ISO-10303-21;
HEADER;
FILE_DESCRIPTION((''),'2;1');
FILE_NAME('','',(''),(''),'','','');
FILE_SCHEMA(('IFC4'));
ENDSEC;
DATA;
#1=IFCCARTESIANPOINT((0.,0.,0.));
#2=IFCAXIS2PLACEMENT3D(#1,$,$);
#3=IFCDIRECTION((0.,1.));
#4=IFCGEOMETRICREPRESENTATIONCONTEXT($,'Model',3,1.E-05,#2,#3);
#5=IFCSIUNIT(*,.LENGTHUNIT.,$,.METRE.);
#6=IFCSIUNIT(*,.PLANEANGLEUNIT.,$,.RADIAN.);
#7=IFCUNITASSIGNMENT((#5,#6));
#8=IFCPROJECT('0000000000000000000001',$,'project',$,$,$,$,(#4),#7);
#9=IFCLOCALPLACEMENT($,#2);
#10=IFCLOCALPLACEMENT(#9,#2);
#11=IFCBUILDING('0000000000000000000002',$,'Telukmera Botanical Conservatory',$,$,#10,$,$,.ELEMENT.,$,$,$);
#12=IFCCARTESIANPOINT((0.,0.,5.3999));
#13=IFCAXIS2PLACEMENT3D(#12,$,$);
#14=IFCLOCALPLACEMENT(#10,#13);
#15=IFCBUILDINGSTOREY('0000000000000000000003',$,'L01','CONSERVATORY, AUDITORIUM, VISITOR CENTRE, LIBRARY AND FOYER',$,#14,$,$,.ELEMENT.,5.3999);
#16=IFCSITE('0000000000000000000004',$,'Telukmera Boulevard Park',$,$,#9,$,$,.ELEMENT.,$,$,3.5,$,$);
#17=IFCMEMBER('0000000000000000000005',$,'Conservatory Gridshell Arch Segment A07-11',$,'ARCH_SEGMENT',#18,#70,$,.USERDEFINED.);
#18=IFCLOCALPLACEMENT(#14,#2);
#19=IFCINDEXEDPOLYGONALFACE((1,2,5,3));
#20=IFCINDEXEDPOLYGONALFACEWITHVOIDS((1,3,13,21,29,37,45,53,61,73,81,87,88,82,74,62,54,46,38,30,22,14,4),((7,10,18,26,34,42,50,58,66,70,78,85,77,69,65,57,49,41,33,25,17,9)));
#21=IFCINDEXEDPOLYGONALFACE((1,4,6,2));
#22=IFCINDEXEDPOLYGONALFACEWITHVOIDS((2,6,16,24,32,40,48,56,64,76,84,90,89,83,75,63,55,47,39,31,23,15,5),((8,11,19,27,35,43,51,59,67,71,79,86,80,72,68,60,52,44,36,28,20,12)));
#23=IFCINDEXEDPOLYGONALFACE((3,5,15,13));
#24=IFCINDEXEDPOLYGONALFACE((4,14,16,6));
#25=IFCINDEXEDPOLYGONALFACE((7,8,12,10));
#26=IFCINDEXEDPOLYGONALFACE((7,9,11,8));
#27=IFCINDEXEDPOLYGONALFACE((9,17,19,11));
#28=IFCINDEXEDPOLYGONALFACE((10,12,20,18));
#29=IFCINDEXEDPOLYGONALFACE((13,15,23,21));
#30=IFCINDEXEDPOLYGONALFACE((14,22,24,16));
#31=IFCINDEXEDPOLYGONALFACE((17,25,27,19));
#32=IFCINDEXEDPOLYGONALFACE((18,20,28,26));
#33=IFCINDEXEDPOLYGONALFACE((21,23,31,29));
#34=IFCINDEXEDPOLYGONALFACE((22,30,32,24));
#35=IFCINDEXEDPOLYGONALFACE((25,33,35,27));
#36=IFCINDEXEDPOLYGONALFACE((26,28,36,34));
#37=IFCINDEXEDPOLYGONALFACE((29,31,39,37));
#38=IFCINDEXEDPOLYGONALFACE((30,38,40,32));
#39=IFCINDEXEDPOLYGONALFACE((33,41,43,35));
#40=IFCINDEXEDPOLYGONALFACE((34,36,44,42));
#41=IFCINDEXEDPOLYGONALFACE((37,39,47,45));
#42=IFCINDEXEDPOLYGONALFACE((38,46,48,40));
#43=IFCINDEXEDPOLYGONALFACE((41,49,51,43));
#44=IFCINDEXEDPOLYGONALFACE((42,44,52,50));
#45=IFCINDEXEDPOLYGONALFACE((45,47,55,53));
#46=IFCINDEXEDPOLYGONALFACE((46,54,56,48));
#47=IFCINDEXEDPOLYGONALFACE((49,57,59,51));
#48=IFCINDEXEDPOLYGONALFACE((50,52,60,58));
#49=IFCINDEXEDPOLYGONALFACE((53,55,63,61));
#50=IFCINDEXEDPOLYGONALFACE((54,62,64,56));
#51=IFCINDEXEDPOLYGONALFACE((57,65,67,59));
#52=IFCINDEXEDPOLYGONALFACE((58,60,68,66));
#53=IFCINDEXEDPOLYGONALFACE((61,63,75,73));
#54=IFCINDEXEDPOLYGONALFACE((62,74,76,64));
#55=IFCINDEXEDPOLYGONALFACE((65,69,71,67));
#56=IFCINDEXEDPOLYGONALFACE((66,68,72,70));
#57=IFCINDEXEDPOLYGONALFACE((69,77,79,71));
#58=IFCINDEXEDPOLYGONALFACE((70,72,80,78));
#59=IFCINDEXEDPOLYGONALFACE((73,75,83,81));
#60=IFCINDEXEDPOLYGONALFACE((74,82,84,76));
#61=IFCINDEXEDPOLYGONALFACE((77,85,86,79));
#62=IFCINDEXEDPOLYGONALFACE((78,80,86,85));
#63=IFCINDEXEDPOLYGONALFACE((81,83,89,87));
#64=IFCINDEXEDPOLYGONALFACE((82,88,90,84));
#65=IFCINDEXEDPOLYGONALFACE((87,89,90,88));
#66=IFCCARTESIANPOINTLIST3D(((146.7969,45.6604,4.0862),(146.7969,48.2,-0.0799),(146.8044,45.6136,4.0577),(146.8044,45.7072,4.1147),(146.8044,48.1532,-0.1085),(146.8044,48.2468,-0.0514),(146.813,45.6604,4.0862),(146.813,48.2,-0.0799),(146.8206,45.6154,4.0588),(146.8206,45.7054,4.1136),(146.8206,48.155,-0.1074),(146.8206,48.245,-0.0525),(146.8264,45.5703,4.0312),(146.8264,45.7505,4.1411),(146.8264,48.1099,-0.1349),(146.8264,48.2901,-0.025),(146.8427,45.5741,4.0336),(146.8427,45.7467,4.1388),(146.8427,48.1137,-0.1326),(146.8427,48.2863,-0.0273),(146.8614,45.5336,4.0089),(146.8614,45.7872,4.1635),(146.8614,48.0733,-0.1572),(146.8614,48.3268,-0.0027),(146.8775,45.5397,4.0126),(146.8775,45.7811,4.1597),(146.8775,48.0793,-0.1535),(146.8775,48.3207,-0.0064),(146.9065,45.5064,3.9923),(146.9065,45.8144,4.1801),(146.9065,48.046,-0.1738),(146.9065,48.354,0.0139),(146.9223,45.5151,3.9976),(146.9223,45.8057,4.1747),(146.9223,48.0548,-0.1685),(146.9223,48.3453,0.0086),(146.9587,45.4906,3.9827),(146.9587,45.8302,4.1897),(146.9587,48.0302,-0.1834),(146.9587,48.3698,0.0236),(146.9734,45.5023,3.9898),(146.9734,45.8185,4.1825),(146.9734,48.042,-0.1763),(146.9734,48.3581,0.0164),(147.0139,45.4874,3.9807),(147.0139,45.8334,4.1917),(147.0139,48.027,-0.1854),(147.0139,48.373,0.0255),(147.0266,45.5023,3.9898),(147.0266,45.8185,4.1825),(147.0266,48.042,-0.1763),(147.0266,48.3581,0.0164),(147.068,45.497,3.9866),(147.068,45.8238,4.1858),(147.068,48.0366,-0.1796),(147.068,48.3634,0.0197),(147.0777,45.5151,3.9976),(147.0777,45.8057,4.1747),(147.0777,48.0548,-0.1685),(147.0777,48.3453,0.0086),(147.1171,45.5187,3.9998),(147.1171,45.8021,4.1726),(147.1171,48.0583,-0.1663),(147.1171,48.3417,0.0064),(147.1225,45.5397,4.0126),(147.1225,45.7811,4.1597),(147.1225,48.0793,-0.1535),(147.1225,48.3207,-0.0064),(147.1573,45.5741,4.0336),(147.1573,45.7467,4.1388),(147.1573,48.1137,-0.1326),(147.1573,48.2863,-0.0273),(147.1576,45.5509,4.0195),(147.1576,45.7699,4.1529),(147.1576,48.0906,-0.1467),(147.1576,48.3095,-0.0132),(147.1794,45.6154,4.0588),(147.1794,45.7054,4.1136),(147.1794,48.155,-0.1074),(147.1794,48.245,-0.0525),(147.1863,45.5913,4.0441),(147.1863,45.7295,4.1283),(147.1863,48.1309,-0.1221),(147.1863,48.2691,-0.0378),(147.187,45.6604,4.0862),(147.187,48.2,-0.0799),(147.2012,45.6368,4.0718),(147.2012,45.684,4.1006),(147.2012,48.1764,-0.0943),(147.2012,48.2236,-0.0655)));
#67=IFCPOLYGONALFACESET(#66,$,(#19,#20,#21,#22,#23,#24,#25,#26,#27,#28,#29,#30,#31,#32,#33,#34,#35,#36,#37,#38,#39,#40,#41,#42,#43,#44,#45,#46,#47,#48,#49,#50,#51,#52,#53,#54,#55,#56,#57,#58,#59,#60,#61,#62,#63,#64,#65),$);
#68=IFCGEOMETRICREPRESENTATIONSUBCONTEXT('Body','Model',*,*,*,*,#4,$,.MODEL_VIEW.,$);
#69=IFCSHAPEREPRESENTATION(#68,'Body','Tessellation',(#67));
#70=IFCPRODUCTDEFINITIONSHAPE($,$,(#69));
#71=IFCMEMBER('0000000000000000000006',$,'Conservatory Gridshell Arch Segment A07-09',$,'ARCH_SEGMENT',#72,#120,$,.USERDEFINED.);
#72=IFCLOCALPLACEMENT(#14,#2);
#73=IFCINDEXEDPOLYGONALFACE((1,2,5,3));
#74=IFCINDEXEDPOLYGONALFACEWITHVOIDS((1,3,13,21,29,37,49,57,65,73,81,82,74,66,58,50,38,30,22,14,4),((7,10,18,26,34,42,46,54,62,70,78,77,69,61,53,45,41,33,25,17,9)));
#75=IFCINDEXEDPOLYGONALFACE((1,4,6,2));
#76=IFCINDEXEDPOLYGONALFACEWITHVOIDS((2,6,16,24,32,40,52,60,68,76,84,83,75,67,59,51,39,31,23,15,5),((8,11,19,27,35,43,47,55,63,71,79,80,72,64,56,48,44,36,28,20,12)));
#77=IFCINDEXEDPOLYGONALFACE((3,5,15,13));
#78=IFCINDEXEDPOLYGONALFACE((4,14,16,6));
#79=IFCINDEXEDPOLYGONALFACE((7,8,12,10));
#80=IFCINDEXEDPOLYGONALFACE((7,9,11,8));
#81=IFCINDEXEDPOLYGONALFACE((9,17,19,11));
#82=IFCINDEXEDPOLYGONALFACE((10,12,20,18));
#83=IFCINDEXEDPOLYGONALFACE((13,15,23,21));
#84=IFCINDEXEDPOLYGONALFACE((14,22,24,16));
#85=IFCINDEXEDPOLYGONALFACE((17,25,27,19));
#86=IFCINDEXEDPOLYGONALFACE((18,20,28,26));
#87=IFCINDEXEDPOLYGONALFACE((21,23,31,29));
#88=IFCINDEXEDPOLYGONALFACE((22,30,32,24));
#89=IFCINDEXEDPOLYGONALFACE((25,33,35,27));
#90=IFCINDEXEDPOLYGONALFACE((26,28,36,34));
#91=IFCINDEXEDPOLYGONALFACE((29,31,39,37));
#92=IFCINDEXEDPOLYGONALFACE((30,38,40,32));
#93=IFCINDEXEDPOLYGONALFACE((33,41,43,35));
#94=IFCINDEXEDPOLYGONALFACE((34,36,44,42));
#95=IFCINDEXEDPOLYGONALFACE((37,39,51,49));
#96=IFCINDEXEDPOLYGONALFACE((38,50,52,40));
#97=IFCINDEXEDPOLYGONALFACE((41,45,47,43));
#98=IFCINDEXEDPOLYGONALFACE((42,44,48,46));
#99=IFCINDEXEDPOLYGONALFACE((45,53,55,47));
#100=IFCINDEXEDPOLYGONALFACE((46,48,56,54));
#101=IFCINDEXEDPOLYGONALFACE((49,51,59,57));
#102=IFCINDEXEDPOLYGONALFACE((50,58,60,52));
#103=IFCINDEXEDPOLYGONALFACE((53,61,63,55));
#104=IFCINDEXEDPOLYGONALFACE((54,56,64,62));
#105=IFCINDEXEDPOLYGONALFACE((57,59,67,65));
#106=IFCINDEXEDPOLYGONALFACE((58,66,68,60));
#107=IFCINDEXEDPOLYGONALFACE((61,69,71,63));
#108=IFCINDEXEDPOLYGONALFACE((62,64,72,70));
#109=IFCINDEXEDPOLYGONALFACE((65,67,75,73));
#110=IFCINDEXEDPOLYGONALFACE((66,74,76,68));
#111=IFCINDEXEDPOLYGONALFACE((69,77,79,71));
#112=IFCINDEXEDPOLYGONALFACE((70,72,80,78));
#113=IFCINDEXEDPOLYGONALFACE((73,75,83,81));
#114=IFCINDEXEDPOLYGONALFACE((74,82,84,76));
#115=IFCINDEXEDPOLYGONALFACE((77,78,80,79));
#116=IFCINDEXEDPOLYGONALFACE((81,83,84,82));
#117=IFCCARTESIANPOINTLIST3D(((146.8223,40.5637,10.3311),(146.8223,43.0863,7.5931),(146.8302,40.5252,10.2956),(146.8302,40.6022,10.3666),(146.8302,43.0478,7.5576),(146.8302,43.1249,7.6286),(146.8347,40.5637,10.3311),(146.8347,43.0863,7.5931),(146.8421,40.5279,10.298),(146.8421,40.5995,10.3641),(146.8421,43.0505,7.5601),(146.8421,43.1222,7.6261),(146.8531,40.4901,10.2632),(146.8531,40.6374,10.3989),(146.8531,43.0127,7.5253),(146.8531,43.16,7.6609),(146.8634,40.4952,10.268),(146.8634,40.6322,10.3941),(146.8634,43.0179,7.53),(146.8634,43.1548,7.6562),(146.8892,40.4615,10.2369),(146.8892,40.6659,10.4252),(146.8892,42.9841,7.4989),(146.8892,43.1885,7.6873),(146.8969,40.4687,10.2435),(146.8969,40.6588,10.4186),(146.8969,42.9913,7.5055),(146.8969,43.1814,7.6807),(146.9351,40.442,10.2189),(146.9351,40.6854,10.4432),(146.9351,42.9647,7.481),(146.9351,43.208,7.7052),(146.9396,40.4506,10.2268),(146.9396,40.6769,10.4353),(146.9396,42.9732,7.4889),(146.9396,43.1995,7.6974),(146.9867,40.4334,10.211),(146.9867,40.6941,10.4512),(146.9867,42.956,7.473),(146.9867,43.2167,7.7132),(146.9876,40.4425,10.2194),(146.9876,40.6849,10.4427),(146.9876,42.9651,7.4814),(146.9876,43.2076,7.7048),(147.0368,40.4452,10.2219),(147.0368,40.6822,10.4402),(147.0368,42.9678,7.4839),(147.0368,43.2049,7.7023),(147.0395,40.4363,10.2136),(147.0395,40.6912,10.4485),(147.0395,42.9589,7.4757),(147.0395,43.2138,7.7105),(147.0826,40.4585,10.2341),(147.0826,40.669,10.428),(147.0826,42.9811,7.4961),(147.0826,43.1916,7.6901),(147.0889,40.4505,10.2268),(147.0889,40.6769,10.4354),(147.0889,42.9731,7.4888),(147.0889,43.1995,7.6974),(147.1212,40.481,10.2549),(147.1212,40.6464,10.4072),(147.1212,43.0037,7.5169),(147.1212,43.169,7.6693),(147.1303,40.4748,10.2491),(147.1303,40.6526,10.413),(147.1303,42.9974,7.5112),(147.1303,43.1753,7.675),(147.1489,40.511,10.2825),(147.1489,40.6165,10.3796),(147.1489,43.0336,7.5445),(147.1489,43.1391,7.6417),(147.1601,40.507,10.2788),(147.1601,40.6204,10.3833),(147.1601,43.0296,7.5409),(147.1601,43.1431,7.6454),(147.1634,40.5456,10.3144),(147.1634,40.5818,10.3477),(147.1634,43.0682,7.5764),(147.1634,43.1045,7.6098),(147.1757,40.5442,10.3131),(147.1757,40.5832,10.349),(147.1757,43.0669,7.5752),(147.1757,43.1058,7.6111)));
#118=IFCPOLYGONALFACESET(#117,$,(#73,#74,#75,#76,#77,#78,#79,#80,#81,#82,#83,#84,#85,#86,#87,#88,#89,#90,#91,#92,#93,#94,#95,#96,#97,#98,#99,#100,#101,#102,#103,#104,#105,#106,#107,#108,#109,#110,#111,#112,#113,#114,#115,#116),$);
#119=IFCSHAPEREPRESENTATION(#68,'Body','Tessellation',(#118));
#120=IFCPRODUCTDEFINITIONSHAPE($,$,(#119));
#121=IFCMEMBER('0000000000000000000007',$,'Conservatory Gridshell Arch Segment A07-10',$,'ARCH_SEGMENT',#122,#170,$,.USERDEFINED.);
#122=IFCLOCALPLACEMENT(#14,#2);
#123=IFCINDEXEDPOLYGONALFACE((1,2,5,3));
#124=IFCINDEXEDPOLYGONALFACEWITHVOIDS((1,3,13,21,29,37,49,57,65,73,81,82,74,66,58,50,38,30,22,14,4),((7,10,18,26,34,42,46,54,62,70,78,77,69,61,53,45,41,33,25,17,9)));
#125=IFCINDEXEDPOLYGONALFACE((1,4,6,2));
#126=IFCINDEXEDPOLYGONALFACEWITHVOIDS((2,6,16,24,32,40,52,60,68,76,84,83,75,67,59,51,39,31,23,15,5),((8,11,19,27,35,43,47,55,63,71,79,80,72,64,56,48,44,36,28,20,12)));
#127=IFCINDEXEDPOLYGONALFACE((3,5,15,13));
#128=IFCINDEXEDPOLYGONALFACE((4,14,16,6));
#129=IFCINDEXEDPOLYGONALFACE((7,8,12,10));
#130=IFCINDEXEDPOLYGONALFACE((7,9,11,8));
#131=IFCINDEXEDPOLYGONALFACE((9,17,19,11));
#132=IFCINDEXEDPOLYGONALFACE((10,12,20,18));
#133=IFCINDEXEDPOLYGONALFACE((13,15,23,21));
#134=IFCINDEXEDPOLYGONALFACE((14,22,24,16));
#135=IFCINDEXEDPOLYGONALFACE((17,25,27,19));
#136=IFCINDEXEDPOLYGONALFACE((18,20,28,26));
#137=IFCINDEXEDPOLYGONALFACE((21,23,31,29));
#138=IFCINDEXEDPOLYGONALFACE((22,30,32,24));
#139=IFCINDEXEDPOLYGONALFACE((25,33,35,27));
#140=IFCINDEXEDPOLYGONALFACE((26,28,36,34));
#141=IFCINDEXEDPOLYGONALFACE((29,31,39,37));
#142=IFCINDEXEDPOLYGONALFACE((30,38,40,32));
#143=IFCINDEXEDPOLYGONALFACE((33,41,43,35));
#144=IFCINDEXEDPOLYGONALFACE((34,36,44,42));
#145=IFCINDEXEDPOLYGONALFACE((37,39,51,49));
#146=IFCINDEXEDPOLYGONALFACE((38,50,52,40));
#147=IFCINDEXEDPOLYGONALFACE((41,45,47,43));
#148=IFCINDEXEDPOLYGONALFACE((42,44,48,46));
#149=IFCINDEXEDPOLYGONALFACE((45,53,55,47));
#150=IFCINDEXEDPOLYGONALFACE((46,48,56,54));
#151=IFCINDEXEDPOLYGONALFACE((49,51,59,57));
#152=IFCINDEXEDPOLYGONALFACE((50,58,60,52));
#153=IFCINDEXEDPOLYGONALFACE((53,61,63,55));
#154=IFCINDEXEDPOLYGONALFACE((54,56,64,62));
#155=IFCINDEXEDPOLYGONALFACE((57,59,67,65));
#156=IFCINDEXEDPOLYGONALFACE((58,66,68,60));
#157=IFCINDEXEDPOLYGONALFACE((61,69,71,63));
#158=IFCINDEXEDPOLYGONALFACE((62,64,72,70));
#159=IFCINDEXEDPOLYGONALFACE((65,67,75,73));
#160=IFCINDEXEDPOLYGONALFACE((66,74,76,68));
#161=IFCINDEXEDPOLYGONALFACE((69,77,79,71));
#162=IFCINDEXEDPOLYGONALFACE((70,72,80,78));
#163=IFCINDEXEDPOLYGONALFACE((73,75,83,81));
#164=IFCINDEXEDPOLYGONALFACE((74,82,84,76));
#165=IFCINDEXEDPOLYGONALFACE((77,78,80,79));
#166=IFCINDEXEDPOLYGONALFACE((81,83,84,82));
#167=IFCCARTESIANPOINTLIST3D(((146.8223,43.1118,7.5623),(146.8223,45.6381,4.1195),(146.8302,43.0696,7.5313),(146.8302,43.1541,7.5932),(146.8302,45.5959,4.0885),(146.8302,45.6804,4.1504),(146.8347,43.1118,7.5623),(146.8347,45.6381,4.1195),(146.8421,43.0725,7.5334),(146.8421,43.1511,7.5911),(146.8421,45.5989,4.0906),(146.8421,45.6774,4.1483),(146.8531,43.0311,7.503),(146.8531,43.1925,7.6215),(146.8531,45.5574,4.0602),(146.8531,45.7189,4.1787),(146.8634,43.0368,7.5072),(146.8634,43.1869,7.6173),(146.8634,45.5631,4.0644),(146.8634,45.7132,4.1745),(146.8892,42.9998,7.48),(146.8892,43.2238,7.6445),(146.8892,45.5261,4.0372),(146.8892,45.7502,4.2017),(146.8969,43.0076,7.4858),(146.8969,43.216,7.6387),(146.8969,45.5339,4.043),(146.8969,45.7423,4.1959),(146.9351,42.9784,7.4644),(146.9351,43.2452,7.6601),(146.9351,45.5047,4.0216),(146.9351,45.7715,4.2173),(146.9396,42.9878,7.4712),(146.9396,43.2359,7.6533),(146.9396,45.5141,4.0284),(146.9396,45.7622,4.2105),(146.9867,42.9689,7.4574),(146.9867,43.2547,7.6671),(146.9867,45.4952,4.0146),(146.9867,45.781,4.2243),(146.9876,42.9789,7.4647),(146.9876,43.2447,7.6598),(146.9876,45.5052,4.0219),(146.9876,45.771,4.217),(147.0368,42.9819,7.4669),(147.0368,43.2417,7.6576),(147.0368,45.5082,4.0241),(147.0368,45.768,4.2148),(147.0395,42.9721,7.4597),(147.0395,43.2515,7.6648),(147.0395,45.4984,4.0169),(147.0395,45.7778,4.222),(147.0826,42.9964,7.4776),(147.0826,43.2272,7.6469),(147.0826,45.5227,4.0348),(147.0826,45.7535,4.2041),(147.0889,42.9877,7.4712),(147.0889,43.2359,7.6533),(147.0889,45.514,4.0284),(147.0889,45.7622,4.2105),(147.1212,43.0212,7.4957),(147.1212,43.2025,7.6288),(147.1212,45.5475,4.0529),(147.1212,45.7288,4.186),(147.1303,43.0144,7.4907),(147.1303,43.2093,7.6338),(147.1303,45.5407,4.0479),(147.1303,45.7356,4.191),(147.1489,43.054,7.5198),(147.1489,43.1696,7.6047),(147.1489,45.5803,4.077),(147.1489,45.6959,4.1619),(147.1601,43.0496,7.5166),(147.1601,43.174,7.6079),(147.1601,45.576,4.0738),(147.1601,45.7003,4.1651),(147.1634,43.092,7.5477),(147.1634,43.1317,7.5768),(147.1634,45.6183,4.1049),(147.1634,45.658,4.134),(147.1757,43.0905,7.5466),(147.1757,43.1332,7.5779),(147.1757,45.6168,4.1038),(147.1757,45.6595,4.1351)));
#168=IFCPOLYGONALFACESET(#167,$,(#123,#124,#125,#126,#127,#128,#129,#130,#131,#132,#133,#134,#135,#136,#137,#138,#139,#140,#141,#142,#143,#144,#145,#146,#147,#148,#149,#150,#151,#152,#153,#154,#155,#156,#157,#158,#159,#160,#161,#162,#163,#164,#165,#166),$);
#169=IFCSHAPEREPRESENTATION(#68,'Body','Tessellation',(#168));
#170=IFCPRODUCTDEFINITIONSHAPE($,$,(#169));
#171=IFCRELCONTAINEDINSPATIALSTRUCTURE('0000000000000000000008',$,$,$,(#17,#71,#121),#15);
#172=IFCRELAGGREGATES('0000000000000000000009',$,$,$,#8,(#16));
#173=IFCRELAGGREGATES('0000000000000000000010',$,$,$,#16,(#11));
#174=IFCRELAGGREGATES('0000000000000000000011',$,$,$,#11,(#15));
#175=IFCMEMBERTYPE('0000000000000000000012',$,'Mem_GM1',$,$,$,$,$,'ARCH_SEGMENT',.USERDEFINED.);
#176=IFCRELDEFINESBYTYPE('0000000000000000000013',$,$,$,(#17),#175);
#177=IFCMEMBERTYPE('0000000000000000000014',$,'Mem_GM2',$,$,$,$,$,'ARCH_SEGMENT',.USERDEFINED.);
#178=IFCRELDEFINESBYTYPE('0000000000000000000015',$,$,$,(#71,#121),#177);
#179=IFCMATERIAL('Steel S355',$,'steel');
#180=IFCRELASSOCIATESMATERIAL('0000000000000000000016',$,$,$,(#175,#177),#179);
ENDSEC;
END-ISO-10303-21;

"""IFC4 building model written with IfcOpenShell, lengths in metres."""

from ifc_helpers import new_model, si_unit, direction, frame, origin, origin_2d, place, context, subcontext, project, spatial, hollow_circle, extrude, material, material_profile, profile_set, type_object, element, save


model = new_model("IFC4")

# Units and contexts
model_context = context("Model", 3, precision=1e-05, world=origin(), true_north=direction((0.0, 1.0)))
body_context = subcontext(model_context, "Body", "Model", "MODEL_VIEW")
ifc_project = project(units=[si_unit("LENGTHUNIT", "METRE"), si_unit("PLANEANGLEUNIT", "RADIAN")], contexts=[model_context])

# Site, building, storey
site_placement = place(None, origin())
site = spatial("IfcSite", under=ifc_project, at=site_placement, Name="Telukmera Boulevard Park", CompositionType="ELEMENT", RefElevation=3.5)
building_placement = place(site_placement, origin())
building = spatial("IfcBuilding", under=site, at=building_placement, Name="Telukmera Botanical Conservatory", CompositionType="ELEMENT")
storey_placement = place(building_placement, frame((0.0, 0.0, 5.3999)))
storey = spatial("IfcBuildingStorey", under=building, at=storey_placement, Name="L01", Description="CONSERVATORY, AUDITORIUM, VISITOR CENTRE, LIBRARY AND FOYER", CompositionType="ELEMENT", Elevation=5.3999)

# Shared definitions
ifc_material_1 = material(Name="Steel S355", Category="steel")

# Members
ifc_material_profile_1 = material_profile(ifc_material_1, hollow_circle(Radius=0.2031, WallThickness=0.0161, at=origin_2d()), Name="CHS 406.4x16.0")
ifc_profile_set_1 = profile_set([ifc_material_profile_1], Name="Steel S355")
member_type_1 = type_object("IfcMemberType", Name="Mem_GM1", ElementType="ARCH_SEGMENT", PredefinedType="USERDEFINED", material=ifc_profile_set_1)
member_1_placement = place(storey_placement, frame((147.0, 45.6604, 4.0862), z_axis=(0.0, 0.520502, -0.85386), x_axis=(-1.0, 0.0, 0.0)))
element("IfcMember", 1, at=member_1_placement, inside=storey, type_object=member_type_1, Name="Conservatory Gridshell Arch Segment A07-11", ObjectType="ARCH_SEGMENT", PredefinedType="USERDEFINED", context=body_context, shape_type="SweptSolid", body=[
    extrude(hollow_circle(Radius=0.2031, WallThickness=0.0161, at=origin_2d()), origin(), (0.0, 0.0, 1.0), 4.8792),
])
ifc_material_profile_2 = material_profile(ifc_material_1, hollow_circle(Radius=0.1777, WallThickness=0.0125, at=origin_2d()), Name="CHS 355.6x12.5")
ifc_profile_set_2 = profile_set([ifc_material_profile_2], Name="Steel S355")
member_type_2 = type_object("IfcMemberType", Name="Mem_GM2", ElementType="ARCH_SEGMENT", PredefinedType="USERDEFINED", material=ifc_profile_set_2)
member_2_placement = place(storey_placement, frame((147.0, 40.5637, 10.3311), z_axis=(0.0, 0.677596, -0.735434), x_axis=(-1.0, 0.0, 0.0)))
element("IfcMember", 2, at=member_2_placement, inside=storey, type_object=member_type_2, Name="Conservatory Gridshell Arch Segment A07-09", ObjectType="ARCH_SEGMENT", PredefinedType="USERDEFINED", context=body_context, shape_type="SweptSolid", body=[
    extrude(hollow_circle(Radius=0.1777, WallThickness=0.0125, at=origin_2d()), origin(), (0.0, 0.0, 1.0), 3.7229),
])
member_3_placement = place(storey_placement, frame((147.0, 43.1118, 7.5623), z_axis=(0.0, 0.591607, -0.806227), x_axis=(-1.0, 0.0, 0.0)))
element("IfcMember", 3, at=member_3_placement, inside=storey, type_object=member_type_2, Name="Conservatory Gridshell Arch Segment A07-10", ObjectType="ARCH_SEGMENT", PredefinedType="USERDEFINED", context=body_context, shape_type="SweptSolid", body=[
    extrude(hollow_circle(Radius=0.1777, WallThickness=0.0125, at=origin_2d()), origin(), (0.0, 0.0, 1.0), 4.2703),
])

save(model, "model.ifc")
